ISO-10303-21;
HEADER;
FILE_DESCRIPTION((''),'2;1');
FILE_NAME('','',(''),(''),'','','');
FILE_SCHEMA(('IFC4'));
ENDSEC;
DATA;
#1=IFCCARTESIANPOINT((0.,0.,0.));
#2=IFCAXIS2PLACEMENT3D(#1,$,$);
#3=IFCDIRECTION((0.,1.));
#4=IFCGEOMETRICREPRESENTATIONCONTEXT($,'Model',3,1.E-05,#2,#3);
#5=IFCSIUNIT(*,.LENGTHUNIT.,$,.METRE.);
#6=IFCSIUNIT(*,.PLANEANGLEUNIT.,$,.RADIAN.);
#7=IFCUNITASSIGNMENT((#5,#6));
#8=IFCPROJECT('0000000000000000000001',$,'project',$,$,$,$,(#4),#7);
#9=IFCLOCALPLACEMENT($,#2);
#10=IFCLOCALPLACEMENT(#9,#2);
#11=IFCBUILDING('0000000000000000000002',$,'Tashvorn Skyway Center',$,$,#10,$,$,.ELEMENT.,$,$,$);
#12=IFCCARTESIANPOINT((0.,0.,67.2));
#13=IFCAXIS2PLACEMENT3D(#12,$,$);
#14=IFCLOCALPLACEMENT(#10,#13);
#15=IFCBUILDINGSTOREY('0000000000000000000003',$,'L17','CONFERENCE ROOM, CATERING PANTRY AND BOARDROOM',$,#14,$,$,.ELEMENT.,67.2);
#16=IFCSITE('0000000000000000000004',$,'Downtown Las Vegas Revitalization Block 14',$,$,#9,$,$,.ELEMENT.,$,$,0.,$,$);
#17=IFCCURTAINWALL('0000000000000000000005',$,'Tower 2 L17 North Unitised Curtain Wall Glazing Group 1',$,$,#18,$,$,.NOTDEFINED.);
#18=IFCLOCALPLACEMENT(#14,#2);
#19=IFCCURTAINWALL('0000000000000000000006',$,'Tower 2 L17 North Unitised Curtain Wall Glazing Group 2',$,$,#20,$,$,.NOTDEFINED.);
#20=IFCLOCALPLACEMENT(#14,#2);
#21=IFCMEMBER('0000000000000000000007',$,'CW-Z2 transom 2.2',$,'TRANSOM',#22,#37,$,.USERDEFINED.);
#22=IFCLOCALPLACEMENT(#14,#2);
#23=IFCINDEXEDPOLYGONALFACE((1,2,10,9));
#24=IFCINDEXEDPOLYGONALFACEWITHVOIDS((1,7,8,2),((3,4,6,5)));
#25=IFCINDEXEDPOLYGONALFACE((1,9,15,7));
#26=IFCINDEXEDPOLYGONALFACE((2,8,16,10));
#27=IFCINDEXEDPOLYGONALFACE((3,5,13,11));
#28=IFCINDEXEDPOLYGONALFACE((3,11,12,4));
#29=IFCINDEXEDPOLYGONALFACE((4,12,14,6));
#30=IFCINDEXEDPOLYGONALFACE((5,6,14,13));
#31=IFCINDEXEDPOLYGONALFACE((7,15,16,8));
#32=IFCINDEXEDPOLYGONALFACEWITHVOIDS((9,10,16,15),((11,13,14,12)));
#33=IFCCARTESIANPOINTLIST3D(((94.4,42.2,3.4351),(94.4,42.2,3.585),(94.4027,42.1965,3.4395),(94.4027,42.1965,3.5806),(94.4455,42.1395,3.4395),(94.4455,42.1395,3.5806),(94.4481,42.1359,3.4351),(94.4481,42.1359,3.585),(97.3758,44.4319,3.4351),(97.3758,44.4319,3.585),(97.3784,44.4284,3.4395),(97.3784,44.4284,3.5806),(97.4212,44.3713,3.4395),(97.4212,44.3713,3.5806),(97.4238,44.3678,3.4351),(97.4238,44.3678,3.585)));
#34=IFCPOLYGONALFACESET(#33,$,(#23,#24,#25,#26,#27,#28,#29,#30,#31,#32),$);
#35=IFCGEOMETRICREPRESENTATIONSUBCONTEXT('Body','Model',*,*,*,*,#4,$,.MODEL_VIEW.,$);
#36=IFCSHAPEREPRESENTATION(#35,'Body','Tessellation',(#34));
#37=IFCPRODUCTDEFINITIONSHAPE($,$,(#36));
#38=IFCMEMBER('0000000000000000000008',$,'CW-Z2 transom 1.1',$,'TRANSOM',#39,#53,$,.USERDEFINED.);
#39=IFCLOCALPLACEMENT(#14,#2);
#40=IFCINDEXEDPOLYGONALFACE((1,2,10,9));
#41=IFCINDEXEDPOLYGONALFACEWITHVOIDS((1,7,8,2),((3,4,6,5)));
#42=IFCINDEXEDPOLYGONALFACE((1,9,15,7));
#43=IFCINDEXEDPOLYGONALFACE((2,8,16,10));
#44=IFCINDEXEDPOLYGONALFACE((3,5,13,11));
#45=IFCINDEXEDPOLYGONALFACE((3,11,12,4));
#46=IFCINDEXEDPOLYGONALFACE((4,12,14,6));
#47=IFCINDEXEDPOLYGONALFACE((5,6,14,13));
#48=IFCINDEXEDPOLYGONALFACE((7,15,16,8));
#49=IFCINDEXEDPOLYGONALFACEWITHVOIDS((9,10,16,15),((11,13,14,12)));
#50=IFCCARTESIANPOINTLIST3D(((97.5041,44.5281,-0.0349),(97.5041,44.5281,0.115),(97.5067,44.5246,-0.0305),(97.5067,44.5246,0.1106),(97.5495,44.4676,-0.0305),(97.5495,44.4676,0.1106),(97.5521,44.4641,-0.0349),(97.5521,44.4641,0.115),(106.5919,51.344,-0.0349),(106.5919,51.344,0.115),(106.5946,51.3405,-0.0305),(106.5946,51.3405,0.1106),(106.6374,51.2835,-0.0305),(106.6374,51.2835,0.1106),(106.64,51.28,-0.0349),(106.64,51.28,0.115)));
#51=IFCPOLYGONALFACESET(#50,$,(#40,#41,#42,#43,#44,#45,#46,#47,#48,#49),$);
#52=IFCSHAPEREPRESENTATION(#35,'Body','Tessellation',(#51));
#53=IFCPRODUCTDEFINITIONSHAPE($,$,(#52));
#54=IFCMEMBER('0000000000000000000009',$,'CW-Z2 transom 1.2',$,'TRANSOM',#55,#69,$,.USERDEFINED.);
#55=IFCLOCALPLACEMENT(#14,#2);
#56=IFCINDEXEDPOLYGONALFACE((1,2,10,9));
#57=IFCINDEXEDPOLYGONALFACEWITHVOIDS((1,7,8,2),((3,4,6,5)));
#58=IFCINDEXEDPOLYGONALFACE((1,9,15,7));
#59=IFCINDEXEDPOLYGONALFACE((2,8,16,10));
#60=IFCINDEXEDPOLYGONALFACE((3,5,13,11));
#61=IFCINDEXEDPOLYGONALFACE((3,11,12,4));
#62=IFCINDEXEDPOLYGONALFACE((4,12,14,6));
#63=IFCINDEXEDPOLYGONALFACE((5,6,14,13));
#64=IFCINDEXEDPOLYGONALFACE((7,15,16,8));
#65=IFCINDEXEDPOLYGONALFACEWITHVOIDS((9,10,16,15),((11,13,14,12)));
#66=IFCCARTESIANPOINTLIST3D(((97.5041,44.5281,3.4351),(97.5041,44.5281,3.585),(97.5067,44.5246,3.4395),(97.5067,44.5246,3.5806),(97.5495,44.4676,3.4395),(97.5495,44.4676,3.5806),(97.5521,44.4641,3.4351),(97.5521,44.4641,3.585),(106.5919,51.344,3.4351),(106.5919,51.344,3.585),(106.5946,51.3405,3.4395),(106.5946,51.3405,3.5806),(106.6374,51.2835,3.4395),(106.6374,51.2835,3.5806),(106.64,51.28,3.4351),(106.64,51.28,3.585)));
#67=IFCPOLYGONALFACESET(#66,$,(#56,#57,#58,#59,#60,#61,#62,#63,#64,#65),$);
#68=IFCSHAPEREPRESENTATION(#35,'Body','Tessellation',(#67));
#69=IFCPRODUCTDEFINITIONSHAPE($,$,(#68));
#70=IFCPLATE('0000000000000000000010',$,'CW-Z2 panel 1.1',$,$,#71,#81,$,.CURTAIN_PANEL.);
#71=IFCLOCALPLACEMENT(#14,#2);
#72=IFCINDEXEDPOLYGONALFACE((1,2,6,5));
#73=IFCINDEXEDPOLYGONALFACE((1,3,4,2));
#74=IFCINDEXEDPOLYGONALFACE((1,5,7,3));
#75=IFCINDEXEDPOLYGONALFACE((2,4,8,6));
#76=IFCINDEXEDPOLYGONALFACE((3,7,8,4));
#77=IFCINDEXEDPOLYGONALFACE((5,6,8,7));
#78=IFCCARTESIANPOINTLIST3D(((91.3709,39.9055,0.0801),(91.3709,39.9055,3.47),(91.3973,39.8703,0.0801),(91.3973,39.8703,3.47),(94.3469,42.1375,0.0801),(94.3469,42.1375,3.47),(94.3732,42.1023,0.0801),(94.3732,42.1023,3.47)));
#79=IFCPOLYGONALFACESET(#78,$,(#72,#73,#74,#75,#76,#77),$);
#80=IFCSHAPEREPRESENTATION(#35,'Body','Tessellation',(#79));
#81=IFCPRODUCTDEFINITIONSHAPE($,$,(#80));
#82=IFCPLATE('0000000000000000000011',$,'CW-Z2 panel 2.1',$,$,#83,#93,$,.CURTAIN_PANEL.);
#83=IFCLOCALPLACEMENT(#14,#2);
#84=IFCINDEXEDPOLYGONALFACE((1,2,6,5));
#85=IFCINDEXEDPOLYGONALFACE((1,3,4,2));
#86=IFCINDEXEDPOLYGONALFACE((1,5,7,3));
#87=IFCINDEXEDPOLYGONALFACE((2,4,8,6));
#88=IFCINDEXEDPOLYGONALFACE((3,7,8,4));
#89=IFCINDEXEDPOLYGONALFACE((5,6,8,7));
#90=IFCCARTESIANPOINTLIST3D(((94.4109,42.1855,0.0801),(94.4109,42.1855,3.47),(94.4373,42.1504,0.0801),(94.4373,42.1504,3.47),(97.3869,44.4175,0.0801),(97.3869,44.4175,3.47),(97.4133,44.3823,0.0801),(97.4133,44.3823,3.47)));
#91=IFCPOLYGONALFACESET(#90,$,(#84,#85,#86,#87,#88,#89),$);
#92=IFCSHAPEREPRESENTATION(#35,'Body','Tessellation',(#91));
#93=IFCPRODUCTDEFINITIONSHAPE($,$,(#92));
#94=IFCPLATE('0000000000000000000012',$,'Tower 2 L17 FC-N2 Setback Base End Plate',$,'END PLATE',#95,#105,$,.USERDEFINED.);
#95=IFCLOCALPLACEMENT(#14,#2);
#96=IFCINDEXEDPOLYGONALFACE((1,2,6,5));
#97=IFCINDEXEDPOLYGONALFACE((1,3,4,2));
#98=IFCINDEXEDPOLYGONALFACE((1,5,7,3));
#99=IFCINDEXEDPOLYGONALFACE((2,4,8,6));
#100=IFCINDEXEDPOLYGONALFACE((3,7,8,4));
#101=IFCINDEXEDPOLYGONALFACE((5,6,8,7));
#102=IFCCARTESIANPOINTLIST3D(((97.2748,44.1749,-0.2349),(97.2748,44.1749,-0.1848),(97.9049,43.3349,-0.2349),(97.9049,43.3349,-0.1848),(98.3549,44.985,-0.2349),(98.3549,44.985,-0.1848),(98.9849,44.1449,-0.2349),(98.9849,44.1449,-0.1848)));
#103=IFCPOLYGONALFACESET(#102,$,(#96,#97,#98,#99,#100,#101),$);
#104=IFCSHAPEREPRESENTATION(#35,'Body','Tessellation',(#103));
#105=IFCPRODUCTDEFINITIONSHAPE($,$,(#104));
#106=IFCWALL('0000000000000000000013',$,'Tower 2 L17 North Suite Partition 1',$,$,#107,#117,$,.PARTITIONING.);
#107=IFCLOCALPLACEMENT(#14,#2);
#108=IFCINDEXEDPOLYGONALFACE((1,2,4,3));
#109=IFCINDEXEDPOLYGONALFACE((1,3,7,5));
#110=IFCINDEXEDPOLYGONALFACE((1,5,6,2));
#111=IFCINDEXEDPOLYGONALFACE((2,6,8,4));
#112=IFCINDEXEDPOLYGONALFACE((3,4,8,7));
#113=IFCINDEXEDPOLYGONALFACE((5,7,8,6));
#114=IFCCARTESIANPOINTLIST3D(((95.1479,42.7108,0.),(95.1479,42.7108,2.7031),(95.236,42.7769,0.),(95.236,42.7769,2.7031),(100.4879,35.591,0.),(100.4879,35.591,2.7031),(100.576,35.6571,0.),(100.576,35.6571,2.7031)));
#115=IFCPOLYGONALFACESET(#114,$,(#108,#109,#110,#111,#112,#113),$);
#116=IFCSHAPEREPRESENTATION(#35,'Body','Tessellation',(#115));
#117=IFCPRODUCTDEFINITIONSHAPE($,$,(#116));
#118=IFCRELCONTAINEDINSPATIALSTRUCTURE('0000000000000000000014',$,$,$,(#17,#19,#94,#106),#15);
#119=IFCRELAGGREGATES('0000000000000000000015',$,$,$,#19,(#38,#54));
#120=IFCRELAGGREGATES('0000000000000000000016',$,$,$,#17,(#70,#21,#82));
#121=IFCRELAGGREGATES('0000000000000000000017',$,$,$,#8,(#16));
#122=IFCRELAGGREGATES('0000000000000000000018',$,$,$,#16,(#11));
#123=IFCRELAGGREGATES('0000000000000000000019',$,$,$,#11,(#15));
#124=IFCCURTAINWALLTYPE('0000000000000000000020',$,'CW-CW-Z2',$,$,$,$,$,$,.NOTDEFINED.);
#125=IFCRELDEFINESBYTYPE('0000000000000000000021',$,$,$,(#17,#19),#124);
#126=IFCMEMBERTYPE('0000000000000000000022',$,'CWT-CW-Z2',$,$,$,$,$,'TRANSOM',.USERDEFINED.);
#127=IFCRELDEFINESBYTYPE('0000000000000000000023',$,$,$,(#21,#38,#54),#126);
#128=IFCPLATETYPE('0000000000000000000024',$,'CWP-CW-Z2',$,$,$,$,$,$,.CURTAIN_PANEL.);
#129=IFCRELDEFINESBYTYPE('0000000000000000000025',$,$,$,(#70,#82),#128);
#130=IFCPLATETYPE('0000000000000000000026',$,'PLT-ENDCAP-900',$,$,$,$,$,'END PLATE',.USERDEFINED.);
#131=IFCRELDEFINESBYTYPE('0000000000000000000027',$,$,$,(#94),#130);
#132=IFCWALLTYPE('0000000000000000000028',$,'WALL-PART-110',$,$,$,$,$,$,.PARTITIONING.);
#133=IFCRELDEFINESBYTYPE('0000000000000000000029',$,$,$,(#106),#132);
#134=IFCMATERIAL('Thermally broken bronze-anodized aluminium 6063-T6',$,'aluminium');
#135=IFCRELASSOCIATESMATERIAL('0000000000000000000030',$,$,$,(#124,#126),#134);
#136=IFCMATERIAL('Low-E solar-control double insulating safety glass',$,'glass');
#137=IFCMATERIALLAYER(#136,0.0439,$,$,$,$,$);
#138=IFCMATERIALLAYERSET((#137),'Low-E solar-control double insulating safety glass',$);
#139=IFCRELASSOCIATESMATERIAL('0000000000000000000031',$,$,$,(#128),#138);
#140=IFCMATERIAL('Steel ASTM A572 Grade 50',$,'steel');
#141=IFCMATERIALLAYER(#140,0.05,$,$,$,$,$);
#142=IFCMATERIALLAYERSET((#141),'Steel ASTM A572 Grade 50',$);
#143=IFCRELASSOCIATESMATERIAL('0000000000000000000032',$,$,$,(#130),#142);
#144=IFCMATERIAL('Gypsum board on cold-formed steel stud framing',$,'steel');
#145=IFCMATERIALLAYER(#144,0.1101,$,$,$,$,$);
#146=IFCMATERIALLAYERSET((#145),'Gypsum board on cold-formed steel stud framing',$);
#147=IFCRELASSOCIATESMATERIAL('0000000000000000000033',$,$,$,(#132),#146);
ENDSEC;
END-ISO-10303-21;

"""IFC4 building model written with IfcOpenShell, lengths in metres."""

from ifc_helpers import new_model, si_unit, direction, frame, frame_2d, origin, origin_2d, place, context, subcontext, project, spatial, rectangle, hollow_rectangle, extrude, material, layer, layer_set, material_profile, profile_set, type_object, element, aggregate, save


model = new_model("IFC4")

# Units and contexts
model_context = context("Model", 3, precision=1e-05, world=origin(), true_north=direction((0.0, 1.0)))
body_context = subcontext(model_context, "Body", "Model", "MODEL_VIEW")
ifc_project = project(units=[si_unit("LENGTHUNIT", "METRE"), si_unit("PLANEANGLEUNIT", "RADIAN")], contexts=[model_context])

# Site, building, storey
site_placement = place(None, origin())
site = spatial("IfcSite", under=ifc_project, at=site_placement, Name="Downtown Las Vegas Revitalization Block 14", CompositionType="ELEMENT", RefElevation=0.0)
building_placement = place(site_placement, origin())
building = spatial("IfcBuilding", under=site, at=building_placement, Name="Tashvorn Skyway Center", CompositionType="ELEMENT")
storey_placement = place(building_placement, frame((0.0, 0.0, 67.2)))
storey = spatial("IfcBuildingStorey", under=building, at=storey_placement, Name="L17", Description="CONFERENCE ROOM, CATERING PANTRY AND BOARDROOM", CompositionType="ELEMENT", Elevation=67.2)

# Shared definitions
ifc_material_1 = material(Name="Steel ASTM A572 Grade 50", Category="steel")

# Curtain wall
ifc_material_2 = material(Name="Thermally broken bronze-anodized aluminium 6063-T6", Category="aluminium")
curtain_wall_type = type_object("IfcCurtainWallType", Name="CW-CW-Z2", PredefinedType="NOTDEFINED", material=ifc_material_2)
curtain_wall_1_placement = place(storey_placement, origin())
curtain_wall_1 = element("IfcCurtainWall", 1, at=curtain_wall_1_placement, inside=storey, type_object=curtain_wall_type, Name="Tower 2 L17 North Unitised Curtain Wall Glazing Group 1", PredefinedType="NOTDEFINED")

# Curtain wall
curtain_wall_2_placement = place(storey_placement, origin())
curtain_wall_2 = element("IfcCurtainWall", 2, at=curtain_wall_2_placement, inside=storey, type_object=curtain_wall_type, Name="Tower 2 L17 North Unitised Curtain Wall Glazing Group 2", PredefinedType="NOTDEFINED")
ifc_material_profile_1 = material_profile(ifc_material_2, hollow_rectangle(XDim=0.0801, YDim=0.1499, WallThickness=0.0044, at=origin_2d()), Name="ALU-TRAN-80x150")
ifc_profile_set_1 = profile_set([ifc_material_profile_1], Name="Thermally broken bronze-anodized aluminium 6063-T6")
member_type_1 = type_object("IfcMemberType", Name="CWT-CW-Z2", ElementType="TRANSOM", PredefinedType="USERDEFINED", material=ifc_profile_set_1)

# Members
member_1_placement = place(storey_placement, frame((94.4241, 42.168, 3.51), z_axis=(0.799992, 0.600011, 0.0), x_axis=(-0.600011, 0.799992, 0.0)))
member_1 = element("IfcMember", 3, at=member_1_placement, type_object=member_type_1, Name="CW-Z2 transom 2.2", ObjectType="TRANSOM", PredefinedType="USERDEFINED", context=body_context, shape_type="SweptSolid", body=[
    extrude(hollow_rectangle(XDim=0.0801, YDim=0.1499, WallThickness=0.0044, at=origin_2d()), origin(), (0.0, 0.0, 1.0), 3.7197),
])
member_2_placement = place(storey_placement, frame((97.5281, 44.4961, 0.04), z_axis=(0.8, 0.6, 0.0), x_axis=(-0.6, 0.8, 0.0)))
member_2 = element("IfcMember", 4, at=member_2_placement, type_object=member_type_1, Name="CW-Z2 transom 1.1", ObjectType="TRANSOM", PredefinedType="USERDEFINED", context=body_context, shape_type="SweptSolid", body=[
    extrude(hollow_rectangle(XDim=0.0801, YDim=0.1499, WallThickness=0.0044, at=origin_2d()), origin(), (0.0, 0.0, 1.0), 11.3599),
])
member_3_placement = place(storey_placement, frame((97.5281, 44.4961, 3.51), z_axis=(0.8, 0.6, 0.0), x_axis=(-0.6, 0.8, 0.0)))
member_3 = element("IfcMember", 5, at=member_3_placement, type_object=member_type_1, Name="CW-Z2 transom 1.2", ObjectType="TRANSOM", PredefinedType="USERDEFINED", context=body_context, shape_type="SweptSolid", body=[
    extrude(hollow_rectangle(XDim=0.0801, YDim=0.1499, WallThickness=0.0044, at=origin_2d()), origin(), (0.0, 0.0, 1.0), 11.3599),
])
aggregate(curtain_wall_2, [member_2, member_3])

# Plates
ifc_material_3 = material(Name="Low-E solar-control double insulating safety glass", Category="glass")
ifc_layer_1 = layer(ifc_material_3, 0.0439)
ifc_layer_set_1 = layer_set([ifc_layer_1], Name="Low-E solar-control double insulating safety glass")
plate_type_1 = type_object("IfcPlateType", Name="CWP-CW-Z2", PredefinedType="CURTAIN_PANEL", material=ifc_layer_set_1)
plate_1_placement = place(storey_placement, frame((92.8721, 41.0039, 0.0801), z_axis=(0.0, 0.0, 1.0), x_axis=(0.8, 0.6, 0.0)))
plate_1 = element("IfcPlate", 6, at=plate_1_placement, type_object=plate_type_1, Name="CW-Z2 panel 1.1", PredefinedType="CURTAIN_PANEL", context=body_context, shape_type="SweptSolid", body=[
    extrude(rectangle(XDim=3.72, YDim=0.0439, at=origin_2d()), origin(), (0.0, 0.0, 1.0), 3.3899),
])
plate_2_placement = place(storey_placement, frame((95.9121, 43.2839, 0.0801), z_axis=(0.0, 0.0, 1.0), x_axis=(0.8, 0.6, 0.0)))
plate_2 = element("IfcPlate", 7, at=plate_2_placement, type_object=plate_type_1, Name="CW-Z2 panel 2.1", PredefinedType="CURTAIN_PANEL", context=body_context, shape_type="SweptSolid", body=[
    extrude(rectangle(XDim=3.72, YDim=0.0439, at=origin_2d()), origin(), (0.0, 0.0, 1.0), 3.3899),
])
aggregate(curtain_wall_1, [plate_1, member_1, plate_2])
ifc_layer_2 = layer(ifc_material_1, 0.05)
ifc_layer_set_2 = layer_set([ifc_layer_2], Name="Steel ASTM A572 Grade 50")
plate_type_2 = type_object("IfcPlateType", Name="PLT-ENDCAP-900", ElementType="END PLATE", PredefinedType="USERDEFINED", material=ifc_layer_set_2)
plate_3_placement = place(storey_placement, frame((98.1299, 44.1599, -0.2349), z_axis=(0.0, 0.0, 1.0), x_axis=(0.8, 0.6, 0.0)))
element("IfcPlate", 8, at=plate_3_placement, inside=storey, type_object=plate_type_2, Name="Tower 2 L17 FC-N2 Setback Base End Plate", ObjectType="END PLATE", PredefinedType="USERDEFINED", context=body_context, shape_type="SweptSolid", body=[
    extrude(rectangle(XDim=1.3501, YDim=1.05, at=origin_2d()), origin(), (0.0, 0.0, 1.0), 0.05),
])

# Wall
ifc_material_4 = material(Name="Gypsum board on cold-formed steel stud framing", Category="steel")
ifc_layer_3 = layer(ifc_material_4, 0.1101)
ifc_layer_set_3 = layer_set([ifc_layer_3], Name="Gypsum board on cold-formed steel stud framing")
wall_type_1 = type_object("IfcWallType", Name="WALL-PART-110", PredefinedType="PARTITIONING", material=ifc_layer_set_3)
wall_1_placement = place(storey_placement, frame((100.532, 35.624, 0.0), z_axis=(0.0, 0.0, 1.0), x_axis=(-0.600013, 0.79999, 0.0)))
element("IfcWall", 9, at=wall_1_placement, inside=storey, type_object=wall_type_1, Name="Tower 2 L17 North Suite Partition 1", PredefinedType="PARTITIONING", context=body_context, shape_type="SweptSolid", body=[
    extrude(rectangle(XDim=8.8999, YDim=0.1101, at=frame_2d((4.45, 0.0))), origin(), (0.0, 0.0, 1.0), 2.7031),
])

save(model, "model.ifc")
